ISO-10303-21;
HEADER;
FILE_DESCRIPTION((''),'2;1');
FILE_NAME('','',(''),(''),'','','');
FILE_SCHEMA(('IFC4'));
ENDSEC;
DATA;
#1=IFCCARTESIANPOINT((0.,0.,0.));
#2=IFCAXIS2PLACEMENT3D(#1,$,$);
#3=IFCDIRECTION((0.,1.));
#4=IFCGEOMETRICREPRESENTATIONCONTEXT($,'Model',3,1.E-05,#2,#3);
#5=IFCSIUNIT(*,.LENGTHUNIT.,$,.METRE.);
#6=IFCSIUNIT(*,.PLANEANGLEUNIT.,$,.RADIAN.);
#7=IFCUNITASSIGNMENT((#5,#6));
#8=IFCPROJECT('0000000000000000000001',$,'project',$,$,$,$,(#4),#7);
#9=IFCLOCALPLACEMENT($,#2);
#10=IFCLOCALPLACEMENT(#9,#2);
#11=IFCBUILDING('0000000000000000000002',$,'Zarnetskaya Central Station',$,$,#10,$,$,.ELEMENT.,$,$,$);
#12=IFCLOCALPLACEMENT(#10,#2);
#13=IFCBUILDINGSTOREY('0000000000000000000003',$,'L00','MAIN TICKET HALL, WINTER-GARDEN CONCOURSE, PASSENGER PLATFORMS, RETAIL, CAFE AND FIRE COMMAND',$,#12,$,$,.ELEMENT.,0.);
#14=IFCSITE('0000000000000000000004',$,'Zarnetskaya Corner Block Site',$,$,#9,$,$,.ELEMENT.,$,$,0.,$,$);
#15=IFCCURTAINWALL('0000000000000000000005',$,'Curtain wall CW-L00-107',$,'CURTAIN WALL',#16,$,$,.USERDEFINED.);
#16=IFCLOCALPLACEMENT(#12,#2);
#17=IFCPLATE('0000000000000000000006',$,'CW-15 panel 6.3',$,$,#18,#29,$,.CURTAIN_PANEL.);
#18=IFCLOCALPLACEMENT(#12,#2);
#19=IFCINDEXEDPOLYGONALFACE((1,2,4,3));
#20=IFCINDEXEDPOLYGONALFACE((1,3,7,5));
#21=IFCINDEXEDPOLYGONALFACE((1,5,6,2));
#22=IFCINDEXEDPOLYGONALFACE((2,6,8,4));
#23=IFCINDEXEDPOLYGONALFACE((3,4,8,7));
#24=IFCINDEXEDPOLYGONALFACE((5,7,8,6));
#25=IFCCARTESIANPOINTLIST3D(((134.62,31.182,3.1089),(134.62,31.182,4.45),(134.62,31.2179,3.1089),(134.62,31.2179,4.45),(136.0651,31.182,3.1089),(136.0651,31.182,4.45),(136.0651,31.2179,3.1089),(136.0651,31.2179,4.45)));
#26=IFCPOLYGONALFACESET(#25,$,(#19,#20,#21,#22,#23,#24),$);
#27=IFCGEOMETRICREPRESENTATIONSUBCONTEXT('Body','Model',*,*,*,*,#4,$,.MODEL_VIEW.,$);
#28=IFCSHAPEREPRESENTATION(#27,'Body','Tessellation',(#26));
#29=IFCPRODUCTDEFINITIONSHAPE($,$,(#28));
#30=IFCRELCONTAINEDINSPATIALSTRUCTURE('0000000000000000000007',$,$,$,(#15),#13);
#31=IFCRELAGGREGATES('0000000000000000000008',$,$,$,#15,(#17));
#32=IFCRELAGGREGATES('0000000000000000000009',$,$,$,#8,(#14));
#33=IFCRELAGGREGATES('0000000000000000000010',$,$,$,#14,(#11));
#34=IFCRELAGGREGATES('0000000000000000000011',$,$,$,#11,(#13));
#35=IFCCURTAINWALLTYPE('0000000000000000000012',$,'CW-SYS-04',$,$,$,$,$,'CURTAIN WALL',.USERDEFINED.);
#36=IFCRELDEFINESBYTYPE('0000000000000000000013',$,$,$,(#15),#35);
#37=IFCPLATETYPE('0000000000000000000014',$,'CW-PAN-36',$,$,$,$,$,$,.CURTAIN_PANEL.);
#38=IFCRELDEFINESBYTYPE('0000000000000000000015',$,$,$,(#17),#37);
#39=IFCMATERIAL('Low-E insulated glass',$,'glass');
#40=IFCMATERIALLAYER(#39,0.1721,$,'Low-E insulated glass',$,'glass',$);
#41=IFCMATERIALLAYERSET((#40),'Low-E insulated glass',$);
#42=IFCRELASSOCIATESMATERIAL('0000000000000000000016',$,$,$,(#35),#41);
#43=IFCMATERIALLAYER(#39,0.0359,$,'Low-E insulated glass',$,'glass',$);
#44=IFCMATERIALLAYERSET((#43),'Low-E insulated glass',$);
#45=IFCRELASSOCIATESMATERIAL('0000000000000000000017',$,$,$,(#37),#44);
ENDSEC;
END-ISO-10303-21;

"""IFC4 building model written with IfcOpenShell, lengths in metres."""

from ifc_helpers import new_model, si_unit, direction, frame, origin, origin_2d, place, context, subcontext, project, spatial, rectangle, extrude, material, layer, layer_set, type_object, element, aggregate, save


model = new_model("IFC4")

# Units and contexts
model_context = context("Model", 3, precision=1e-05, world=origin(), true_north=direction((0.0, 1.0)))
body_context = subcontext(model_context, "Body", "Model", "MODEL_VIEW")
ifc_project = project(units=[si_unit("LENGTHUNIT", "METRE"), si_unit("PLANEANGLEUNIT", "RADIAN")], contexts=[model_context])

# Site, building, storey
site_placement = place(None, origin())
site = spatial("IfcSite", under=ifc_project, at=site_placement, Name="Zarnetskaya Corner Block Site", CompositionType="ELEMENT", RefElevation=0.0)
building_placement = place(site_placement, origin())
building = spatial("IfcBuilding", under=site, at=building_placement, Name="Zarnetskaya Central Station", CompositionType="ELEMENT")
storey_placement = place(building_placement, origin())
storey = spatial("IfcBuildingStorey", under=building, at=storey_placement, Name="L00", Description="MAIN TICKET HALL, WINTER-GARDEN CONCOURSE, PASSENGER PLATFORMS, RETAIL, CAFE AND FIRE COMMAND", CompositionType="ELEMENT", Elevation=0.0)

# Curtain wall
ifc_material_1 = material(Name="Low-E insulated glass", Category="glass")
ifc_layer_1 = layer(ifc_material_1, 0.1721, Name="Low-E insulated glass", Category="glass")
ifc_layer_set_1 = layer_set([ifc_layer_1], Name="Low-E insulated glass")
curtain_wall_type = type_object("IfcCurtainWallType", Name="CW-SYS-04", ElementType="CURTAIN WALL", PredefinedType="USERDEFINED", material=ifc_layer_set_1)
curtain_wall_placement = place(storey_placement, origin())
curtain_wall = element("IfcCurtainWall", 1, at=curtain_wall_placement, inside=storey, type_object=curtain_wall_type, Name="Curtain wall CW-L00-107", ObjectType="CURTAIN WALL", PredefinedType="USERDEFINED")

# Plate
ifc_layer_2 = layer(ifc_material_1, 0.0359, Name="Low-E insulated glass", Category="glass")
ifc_layer_set_2 = layer_set([ifc_layer_2], Name="Low-E insulated glass")
plate_type = type_object("IfcPlateType", Name="CW-PAN-36", PredefinedType="CURTAIN_PANEL", material=ifc_layer_set_2)
plate_1_placement = place(storey_placement, frame((135.3425, 31.2, 3.1089), z_axis=(0.0, 0.0, 1.0), x_axis=(-1.0, 0.0, 0.0)))
plate_1 = element("IfcPlate", 2, at=plate_1_placement, type_object=plate_type, Name="CW-15 panel 6.3", PredefinedType="CURTAIN_PANEL", context=body_context, shape_type="SweptSolid", body=[
    extrude(rectangle(XDim=1.4451, YDim=0.0359, at=origin_2d()), origin(), (0.0, 0.0, 1.0), 1.3411),
])
aggregate(curtain_wall, [plate_1])

save(model, "model.ifc")
